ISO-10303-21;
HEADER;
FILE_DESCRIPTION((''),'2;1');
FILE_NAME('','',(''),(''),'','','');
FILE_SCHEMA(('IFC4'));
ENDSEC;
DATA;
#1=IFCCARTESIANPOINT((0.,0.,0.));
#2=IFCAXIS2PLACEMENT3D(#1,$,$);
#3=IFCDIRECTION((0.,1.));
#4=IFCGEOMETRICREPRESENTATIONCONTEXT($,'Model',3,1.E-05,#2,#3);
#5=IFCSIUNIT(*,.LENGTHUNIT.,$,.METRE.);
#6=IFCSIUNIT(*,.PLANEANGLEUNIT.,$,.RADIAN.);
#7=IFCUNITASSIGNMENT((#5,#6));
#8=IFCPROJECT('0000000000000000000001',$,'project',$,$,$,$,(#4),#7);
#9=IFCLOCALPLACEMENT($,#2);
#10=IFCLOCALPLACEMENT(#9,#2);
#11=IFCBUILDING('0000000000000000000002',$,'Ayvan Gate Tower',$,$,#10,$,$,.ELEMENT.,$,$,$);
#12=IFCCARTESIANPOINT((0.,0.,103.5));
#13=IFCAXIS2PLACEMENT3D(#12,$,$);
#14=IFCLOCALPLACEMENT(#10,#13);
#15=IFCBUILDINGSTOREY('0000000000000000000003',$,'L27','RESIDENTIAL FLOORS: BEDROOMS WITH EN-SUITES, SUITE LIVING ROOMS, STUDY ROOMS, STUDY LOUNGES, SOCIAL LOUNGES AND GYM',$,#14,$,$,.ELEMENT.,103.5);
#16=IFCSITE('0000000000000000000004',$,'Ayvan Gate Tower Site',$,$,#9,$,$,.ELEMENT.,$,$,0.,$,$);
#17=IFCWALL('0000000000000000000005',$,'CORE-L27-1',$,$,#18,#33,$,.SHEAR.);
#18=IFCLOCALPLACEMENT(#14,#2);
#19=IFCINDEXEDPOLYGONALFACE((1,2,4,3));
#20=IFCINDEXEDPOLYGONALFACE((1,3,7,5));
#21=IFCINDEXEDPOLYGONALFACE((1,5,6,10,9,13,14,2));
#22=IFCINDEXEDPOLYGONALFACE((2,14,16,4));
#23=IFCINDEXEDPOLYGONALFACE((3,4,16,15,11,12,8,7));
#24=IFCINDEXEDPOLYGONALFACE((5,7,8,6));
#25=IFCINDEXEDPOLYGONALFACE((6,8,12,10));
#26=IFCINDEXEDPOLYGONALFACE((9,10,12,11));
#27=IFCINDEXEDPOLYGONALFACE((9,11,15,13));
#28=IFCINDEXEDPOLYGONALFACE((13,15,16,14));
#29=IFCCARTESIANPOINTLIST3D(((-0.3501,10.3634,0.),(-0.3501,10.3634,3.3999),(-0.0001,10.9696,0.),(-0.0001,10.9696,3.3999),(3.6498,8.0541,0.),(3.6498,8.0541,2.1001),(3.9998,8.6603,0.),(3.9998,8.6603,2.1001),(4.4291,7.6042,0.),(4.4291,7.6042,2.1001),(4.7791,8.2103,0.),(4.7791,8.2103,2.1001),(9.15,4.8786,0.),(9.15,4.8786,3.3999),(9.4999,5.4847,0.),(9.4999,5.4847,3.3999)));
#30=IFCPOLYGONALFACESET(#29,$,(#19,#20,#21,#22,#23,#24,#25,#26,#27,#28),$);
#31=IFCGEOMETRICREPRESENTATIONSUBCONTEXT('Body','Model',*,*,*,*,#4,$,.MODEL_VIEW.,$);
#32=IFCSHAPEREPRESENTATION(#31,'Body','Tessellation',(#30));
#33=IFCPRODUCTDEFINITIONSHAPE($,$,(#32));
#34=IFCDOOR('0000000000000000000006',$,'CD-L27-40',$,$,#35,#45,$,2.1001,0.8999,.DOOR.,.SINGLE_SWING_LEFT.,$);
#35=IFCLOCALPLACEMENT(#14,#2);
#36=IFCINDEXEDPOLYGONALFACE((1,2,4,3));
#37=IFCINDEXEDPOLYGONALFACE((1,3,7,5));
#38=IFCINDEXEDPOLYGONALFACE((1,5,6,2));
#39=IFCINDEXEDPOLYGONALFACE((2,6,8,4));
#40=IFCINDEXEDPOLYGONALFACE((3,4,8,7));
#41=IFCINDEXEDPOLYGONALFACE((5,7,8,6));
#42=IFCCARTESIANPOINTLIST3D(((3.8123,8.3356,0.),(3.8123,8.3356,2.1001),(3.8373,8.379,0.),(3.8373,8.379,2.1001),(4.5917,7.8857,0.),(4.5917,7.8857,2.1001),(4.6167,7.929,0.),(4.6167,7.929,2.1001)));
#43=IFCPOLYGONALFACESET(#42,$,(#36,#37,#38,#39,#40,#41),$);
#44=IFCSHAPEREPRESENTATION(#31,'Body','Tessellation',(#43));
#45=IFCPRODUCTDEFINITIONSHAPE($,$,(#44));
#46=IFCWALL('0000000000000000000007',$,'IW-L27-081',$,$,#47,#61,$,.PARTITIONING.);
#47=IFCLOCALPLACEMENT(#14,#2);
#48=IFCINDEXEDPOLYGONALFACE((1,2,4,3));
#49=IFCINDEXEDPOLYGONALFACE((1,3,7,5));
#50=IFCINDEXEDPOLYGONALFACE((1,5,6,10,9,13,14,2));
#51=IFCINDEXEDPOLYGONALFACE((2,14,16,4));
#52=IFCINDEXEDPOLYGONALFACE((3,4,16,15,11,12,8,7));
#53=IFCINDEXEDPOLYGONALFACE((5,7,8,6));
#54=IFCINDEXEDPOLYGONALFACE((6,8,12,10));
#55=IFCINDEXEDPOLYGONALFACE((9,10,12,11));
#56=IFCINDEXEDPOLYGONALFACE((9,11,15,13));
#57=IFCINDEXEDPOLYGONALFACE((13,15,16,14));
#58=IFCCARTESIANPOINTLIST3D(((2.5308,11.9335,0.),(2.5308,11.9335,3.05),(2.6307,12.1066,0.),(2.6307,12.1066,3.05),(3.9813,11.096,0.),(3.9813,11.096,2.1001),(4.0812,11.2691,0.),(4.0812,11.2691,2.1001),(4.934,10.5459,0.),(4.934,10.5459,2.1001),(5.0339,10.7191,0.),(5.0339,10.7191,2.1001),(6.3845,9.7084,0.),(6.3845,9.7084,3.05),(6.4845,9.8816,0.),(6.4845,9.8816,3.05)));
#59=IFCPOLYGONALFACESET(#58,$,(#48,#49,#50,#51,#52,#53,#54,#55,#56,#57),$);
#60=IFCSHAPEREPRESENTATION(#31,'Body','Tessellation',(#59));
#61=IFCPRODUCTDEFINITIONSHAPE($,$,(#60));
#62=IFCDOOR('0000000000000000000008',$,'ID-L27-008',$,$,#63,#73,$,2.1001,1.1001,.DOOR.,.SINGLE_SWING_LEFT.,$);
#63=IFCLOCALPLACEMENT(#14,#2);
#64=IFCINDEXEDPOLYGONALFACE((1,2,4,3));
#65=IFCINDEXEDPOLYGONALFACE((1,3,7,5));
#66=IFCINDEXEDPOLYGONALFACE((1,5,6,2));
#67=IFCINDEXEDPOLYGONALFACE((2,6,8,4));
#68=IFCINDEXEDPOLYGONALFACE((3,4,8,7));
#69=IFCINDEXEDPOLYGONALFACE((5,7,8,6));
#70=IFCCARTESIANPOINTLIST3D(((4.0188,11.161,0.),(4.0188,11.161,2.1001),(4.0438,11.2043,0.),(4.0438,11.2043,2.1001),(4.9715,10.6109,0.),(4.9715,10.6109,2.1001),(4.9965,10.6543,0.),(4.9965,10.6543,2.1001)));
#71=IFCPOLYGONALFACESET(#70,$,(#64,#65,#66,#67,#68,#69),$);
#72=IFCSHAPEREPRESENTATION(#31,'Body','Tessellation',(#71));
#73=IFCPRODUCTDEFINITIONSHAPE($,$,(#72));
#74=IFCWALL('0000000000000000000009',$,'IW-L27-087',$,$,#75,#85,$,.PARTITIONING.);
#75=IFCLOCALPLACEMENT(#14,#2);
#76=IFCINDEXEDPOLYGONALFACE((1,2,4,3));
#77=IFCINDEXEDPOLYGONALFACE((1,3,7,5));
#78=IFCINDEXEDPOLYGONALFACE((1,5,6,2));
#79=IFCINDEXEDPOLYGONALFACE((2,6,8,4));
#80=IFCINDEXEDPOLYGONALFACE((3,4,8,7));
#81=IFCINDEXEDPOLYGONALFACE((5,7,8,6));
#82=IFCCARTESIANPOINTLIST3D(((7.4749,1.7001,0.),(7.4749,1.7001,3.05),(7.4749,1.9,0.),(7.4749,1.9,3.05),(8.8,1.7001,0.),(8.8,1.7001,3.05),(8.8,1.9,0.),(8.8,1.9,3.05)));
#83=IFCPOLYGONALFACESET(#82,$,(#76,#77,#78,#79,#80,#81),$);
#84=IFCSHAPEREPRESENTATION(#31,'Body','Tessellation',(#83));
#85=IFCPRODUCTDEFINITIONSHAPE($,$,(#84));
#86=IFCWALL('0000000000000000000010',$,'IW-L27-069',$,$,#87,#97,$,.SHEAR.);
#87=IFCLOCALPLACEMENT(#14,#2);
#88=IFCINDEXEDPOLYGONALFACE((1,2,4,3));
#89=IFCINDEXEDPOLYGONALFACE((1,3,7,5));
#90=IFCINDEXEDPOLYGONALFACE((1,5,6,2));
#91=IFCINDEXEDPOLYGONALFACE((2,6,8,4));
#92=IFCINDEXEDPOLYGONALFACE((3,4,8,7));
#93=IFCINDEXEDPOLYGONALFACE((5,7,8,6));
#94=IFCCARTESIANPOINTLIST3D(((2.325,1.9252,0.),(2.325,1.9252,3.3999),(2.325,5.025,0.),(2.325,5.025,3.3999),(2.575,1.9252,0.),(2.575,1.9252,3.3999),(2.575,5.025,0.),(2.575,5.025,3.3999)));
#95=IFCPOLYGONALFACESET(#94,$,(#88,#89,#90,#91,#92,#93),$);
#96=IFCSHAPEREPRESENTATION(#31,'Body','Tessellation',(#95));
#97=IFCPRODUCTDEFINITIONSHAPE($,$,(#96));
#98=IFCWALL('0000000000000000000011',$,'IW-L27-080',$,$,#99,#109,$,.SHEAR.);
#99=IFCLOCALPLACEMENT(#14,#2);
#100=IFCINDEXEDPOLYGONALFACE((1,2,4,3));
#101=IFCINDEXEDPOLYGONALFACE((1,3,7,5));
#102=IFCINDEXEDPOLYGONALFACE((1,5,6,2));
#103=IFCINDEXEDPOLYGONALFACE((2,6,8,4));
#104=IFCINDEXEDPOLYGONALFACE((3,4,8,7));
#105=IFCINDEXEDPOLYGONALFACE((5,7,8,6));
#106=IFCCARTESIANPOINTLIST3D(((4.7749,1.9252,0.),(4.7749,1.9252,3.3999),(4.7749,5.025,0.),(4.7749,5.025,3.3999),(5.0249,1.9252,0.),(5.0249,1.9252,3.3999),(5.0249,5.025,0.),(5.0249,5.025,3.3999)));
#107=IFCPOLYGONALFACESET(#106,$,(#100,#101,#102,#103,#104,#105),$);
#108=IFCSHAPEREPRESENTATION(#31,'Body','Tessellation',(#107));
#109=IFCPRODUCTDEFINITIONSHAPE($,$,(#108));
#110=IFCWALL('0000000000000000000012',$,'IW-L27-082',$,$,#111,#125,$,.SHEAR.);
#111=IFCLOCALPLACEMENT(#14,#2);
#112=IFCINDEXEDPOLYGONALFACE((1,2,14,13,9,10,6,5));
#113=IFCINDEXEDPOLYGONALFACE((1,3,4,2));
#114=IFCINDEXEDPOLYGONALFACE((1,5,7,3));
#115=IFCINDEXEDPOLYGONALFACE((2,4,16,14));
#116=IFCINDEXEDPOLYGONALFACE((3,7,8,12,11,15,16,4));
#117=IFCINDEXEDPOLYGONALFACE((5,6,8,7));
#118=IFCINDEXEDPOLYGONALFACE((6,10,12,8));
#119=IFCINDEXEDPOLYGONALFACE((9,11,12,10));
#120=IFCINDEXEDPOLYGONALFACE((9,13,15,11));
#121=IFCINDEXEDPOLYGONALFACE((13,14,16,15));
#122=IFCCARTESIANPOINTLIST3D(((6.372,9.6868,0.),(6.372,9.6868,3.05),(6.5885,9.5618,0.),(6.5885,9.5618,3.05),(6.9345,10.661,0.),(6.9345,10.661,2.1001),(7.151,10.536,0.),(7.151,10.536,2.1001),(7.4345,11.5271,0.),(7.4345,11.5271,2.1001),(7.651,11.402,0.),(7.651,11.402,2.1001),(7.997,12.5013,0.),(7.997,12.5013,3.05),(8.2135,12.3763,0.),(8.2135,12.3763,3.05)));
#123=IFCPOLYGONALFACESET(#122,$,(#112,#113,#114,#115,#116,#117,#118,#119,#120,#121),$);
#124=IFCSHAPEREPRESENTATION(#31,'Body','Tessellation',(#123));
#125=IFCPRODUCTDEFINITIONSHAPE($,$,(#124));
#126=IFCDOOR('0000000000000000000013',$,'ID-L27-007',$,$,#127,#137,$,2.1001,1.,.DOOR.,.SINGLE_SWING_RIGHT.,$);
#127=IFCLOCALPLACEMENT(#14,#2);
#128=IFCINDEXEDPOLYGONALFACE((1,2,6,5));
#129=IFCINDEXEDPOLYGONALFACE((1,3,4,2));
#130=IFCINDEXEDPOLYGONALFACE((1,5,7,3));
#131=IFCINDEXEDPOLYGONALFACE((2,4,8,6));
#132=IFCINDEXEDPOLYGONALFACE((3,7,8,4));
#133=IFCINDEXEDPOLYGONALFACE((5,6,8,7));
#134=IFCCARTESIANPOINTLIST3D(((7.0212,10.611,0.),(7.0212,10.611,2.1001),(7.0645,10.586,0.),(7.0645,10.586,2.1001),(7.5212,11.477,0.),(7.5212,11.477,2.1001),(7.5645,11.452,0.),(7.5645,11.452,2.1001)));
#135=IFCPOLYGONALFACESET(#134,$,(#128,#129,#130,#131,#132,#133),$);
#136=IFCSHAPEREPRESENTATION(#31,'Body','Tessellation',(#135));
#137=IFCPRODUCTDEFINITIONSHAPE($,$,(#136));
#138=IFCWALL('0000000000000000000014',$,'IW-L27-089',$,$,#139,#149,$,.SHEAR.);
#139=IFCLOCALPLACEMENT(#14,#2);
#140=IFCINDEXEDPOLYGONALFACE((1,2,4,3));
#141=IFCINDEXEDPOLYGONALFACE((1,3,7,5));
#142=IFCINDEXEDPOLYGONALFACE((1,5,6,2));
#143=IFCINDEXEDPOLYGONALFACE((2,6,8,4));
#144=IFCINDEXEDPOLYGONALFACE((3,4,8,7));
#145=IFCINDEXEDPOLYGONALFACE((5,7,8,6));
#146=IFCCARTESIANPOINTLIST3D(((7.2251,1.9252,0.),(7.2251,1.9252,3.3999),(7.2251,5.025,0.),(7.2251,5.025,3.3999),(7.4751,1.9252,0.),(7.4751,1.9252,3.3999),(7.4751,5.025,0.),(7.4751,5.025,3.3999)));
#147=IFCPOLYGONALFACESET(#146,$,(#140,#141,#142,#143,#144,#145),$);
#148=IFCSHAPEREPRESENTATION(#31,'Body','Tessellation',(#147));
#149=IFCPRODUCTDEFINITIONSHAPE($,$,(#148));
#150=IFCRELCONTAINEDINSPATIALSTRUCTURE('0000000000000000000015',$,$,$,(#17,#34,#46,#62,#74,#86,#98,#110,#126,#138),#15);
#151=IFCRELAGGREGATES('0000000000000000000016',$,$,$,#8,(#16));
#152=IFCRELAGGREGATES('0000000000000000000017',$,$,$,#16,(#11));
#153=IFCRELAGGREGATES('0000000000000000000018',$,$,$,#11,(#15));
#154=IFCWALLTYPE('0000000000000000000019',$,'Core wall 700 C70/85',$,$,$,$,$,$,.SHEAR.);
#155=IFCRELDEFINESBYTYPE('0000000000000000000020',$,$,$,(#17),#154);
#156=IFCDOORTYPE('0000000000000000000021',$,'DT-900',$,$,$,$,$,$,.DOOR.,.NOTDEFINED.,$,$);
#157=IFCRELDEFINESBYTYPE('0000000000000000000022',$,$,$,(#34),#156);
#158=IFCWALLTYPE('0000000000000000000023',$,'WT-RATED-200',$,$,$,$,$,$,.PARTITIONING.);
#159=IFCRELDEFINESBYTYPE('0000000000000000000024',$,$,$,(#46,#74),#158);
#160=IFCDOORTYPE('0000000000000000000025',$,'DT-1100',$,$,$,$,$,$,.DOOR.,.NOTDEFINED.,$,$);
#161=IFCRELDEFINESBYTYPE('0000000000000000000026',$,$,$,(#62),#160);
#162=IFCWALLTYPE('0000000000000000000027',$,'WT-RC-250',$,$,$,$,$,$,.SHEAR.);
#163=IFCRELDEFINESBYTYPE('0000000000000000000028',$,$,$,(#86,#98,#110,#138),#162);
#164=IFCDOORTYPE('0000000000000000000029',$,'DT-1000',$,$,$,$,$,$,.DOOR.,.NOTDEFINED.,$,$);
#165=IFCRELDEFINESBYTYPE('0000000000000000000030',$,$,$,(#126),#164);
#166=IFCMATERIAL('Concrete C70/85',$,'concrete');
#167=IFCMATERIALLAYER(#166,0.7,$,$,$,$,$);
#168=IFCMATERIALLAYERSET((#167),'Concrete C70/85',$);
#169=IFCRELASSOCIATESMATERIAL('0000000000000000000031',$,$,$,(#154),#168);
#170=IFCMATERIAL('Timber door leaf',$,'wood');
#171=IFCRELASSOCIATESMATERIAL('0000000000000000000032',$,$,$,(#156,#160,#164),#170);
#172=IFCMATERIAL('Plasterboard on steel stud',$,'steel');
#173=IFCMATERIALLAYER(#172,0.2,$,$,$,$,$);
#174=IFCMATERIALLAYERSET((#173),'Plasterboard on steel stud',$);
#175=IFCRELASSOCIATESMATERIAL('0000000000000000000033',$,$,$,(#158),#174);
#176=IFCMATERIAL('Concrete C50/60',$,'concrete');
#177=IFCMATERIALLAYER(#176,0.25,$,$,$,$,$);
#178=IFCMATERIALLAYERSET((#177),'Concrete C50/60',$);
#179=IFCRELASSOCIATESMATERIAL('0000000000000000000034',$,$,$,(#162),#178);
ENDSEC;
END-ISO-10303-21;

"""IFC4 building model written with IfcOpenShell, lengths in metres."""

from ifc_helpers import new_model, si_unit, direction, frame, frame_2d, origin, place, context, subcontext, project, spatial, rectangle, extrude, material, layer, layer_set, type_object, element, fill, save


model = new_model("IFC4")

# Units and contexts
model_context = context("Model", 3, precision=1e-05, world=origin(), true_north=direction((0.0, 1.0)))
body_context = subcontext(model_context, "Body", "Model", "MODEL_VIEW")
ifc_project = project(units=[si_unit("LENGTHUNIT", "METRE"), si_unit("PLANEANGLEUNIT", "RADIAN")], contexts=[model_context])

# Site, building, storey
site_placement = place(None, origin())
site = spatial("IfcSite", under=ifc_project, at=site_placement, Name="Ayvan Gate Tower Site", CompositionType="ELEMENT", RefElevation=0.0)
building_placement = place(site_placement, origin())
building = spatial("IfcBuilding", under=site, at=building_placement, Name="Ayvan Gate Tower", CompositionType="ELEMENT")
storey_placement = place(building_placement, frame((0.0, 0.0, 103.5)))
storey = spatial("IfcBuildingStorey", under=building, at=storey_placement, Name="L27", Description="RESIDENTIAL FLOORS: BEDROOMS WITH EN-SUITES, SUITE LIVING ROOMS, STUDY ROOMS, STUDY LOUNGES, SOCIAL LOUNGES AND GYM", CompositionType="ELEMENT", Elevation=103.5)

# Walls, openings, doors
ifc_material_1 = material(Name="Concrete C70/85", Category="concrete")
ifc_layer_1 = layer(ifc_material_1, 0.7)
ifc_layer_set_1 = layer_set([ifc_layer_1], Name="Concrete C70/85")
wall_type_1 = type_object("IfcWallType", Name="Core wall 700 C70/85", PredefinedType="SHEAR", material=ifc_layer_set_1)
wall_1_placement = place(storey_placement, frame((9.325, 5.1816, 0.0), z_axis=(0.0, 0.0, 1.0), x_axis=(-0.866024, 0.500002, 0.0)))
wall_1 = element("IfcWall", 1, at=wall_1_placement, inside=storey, type_object=wall_type_1, Name="CORE-L27-1", PredefinedType="SHEAR", context=body_context, shape_type="SweptSolid", body=[
    extrude(rectangle(XDim=10.9697, YDim=0.7, at=frame_2d((5.4849, 0.0))), origin(), (0.0, 0.0, 1.0), 3.3999),
])
opening_1_placement = place(wall_1_placement, frame((5.4512, 0.0, 0.0)))
opening_1 = element("IfcOpeningElement", 2, at=opening_1_placement, cuts=wall_1, PredefinedType="OPENING", context=body_context, shape_type="SweptSolid", body=[
    extrude(rectangle(XDim=0.8999, YDim=2.1001, at=frame_2d((0.45, 1.05))), frame((0.0, 0.3599, 0.0), z_axis=(0.0, -1.0, 0.0), x_axis=(1.0, 0.0, 0.0)), (0.0, 0.0, 1.0), 0.72),
])
ifc_material_2 = material(Name="Timber door leaf", Category="wood")
door_type_1 = type_object("IfcDoorType", Name="DT-900", OperationType="NOTDEFINED", PredefinedType="DOOR", material=ifc_material_2)
door_1_placement = place(opening_1_placement, origin())
door_1 = element("IfcDoor", 3, at=door_1_placement, inside=storey, type_object=door_type_1, Name="CD-L27-40", OperationType="SINGLE_SWING_LEFT", OverallHeight=2.1001, OverallWidth=0.8999, PredefinedType="DOOR", context=body_context, shape_type="SweptSolid", body=[
    extrude(rectangle(XDim=0.8999, YDim=2.1001, at=frame_2d((0.45, 1.05))), frame((0.0, 0.0249, 0.0), z_axis=(0.0, -1.0, 0.0), x_axis=(1.0, 0.0, 0.0)), (0.0, 0.0, 1.0), 0.05),
])
fill(opening_1, door_1)
ifc_material_3 = material(Name="Plasterboard on steel stud", Category="steel")
ifc_layer_2 = layer(ifc_material_3, 0.2)
ifc_layer_set_2 = layer_set([ifc_layer_2], Name="Plasterboard on steel stud")
wall_type_2 = type_object("IfcWallType", Name="WT-RATED-200", PredefinedType="PARTITIONING", material=ifc_layer_set_2)
wall_2_placement = place(storey_placement, frame((6.4346, 9.7949, 0.0), z_axis=(0.0, 0.0, 1.0), x_axis=(-0.866013, 0.500022, 0.0)))
wall_2 = element("IfcWall", 4, at=wall_2_placement, inside=storey, type_object=wall_type_2, Name="IW-L27-081", PredefinedType="PARTITIONING", context=body_context, shape_type="SweptSolid", body=[
    extrude(rectangle(XDim=4.45, YDim=0.2, at=frame_2d((2.2251, 0.0))), origin(), (0.0, 0.0, 1.0), 3.05),
])
opening_2_placement = place(wall_2_placement, frame((1.675, 0.0, 0.0)))
opening_2 = element("IfcOpeningElement", 5, at=opening_2_placement, cuts=wall_2, PredefinedType="OPENING", context=body_context, shape_type="SweptSolid", body=[
    extrude(rectangle(XDim=1.1001, YDim=2.1001, at=frame_2d((0.55, 1.05))), frame((0.0, 0.1099, 0.0), z_axis=(0.0, -1.0, 0.0), x_axis=(1.0, 0.0, 0.0)), (0.0, 0.0, 1.0), 0.22),
])
door_type_2 = type_object("IfcDoorType", Name="DT-1100", OperationType="NOTDEFINED", PredefinedType="DOOR", material=ifc_material_2)
door_2_placement = place(opening_2_placement, origin())
door_2 = element("IfcDoor", 6, at=door_2_placement, inside=storey, type_object=door_type_2, Name="ID-L27-008", OperationType="SINGLE_SWING_LEFT", OverallHeight=2.1001, OverallWidth=1.1001, PredefinedType="DOOR", context=body_context, shape_type="SweptSolid", body=[
    extrude(rectangle(XDim=1.1001, YDim=2.1001, at=frame_2d((0.55, 1.05))), frame((0.0, 0.0249, 0.0), z_axis=(0.0, -1.0, 0.0), x_axis=(1.0, 0.0, 0.0)), (0.0, 0.0, 1.0), 0.05),
])
fill(opening_2, door_2)

# Walls
wall_3_placement = place(storey_placement, frame((7.4749, 1.8, 0.0), z_axis=(0.0, 0.0, 1.0), x_axis=(1.0, 0.0, 0.0)))
element("IfcWall", 7, at=wall_3_placement, inside=storey, type_object=wall_type_2, Name="IW-L27-087", PredefinedType="PARTITIONING", context=body_context, shape_type="SweptSolid", body=[
    extrude(rectangle(XDim=1.3252, YDim=0.2, at=frame_2d((0.6626, 0.0))), origin(), (0.0, 0.0, 1.0), 3.05),
])
ifc_material_4 = material(Name="Concrete C50/60", Category="concrete")
ifc_layer_3 = layer(ifc_material_4, 0.25)
ifc_layer_set_3 = layer_set([ifc_layer_3], Name="Concrete C50/60")
wall_type_3 = type_object("IfcWallType", Name="WT-RC-250", PredefinedType="SHEAR", material=ifc_layer_set_3)
for number, where, z_axis, x_axis, name in (
    (8, (2.45, 5.0249, 0.0), (0.0, 0.0, 1.0), (0.0, -1.0, 0.0), "IW-L27-069"),
    (9, (4.8999, 5.0249, 0.0), (0.0, 0.0, 1.0), (0.0, -1.0, 0.0), "IW-L27-080"),
):
    element("IfcWall", number, at=place(storey_placement, frame(where, z_axis=z_axis, x_axis=x_axis)), inside=storey, type_object=wall_type_3, Name=name, PredefinedType="SHEAR", context=body_context, shape_type="SweptSolid", body=[
        extrude(rectangle(XDim=3.0999, YDim=0.25, at=frame_2d((1.5498, 0.0))), origin(), (0.0, 0.0, 1.0), 3.3999),
    ])

# Wall, opening, door
wall_4_placement = place(storey_placement, frame((6.4802, 9.6243, 0.0), z_axis=(0.0, 0.0, 1.0), x_axis=(0.500017, 0.866015, 0.0)))
wall_4 = element("IfcWall", 10, at=wall_4_placement, inside=storey, type_object=wall_type_3, Name="IW-L27-082", PredefinedType="SHEAR", context=body_context, shape_type="SweptSolid", body=[
    extrude(rectangle(XDim=3.25, YDim=0.25, at=frame_2d((1.625, 0.0))), origin(), (0.0, 0.0, 1.0), 3.05),
])
opening_3_placement = place(wall_4_placement, frame((1.125, 0.0, 0.0)))
opening_3 = element("IfcOpeningElement", 11, at=opening_3_placement, cuts=wall_4, PredefinedType="OPENING", context=body_context, shape_type="SweptSolid", body=[
    extrude(rectangle(XDim=1.0, YDim=2.1001, at=frame_2d((0.5, 1.05))), frame((0.0, 0.135, 0.0), z_axis=(0.0, -1.0, 0.0), x_axis=(1.0, 0.0, 0.0)), (0.0, 0.0, 1.0), 0.27),
])
door_type_3 = type_object("IfcDoorType", Name="DT-1000", OperationType="NOTDEFINED", PredefinedType="DOOR", material=ifc_material_2)
door_3_placement = place(opening_3_placement, origin())
door_3 = element("IfcDoor", 12, at=door_3_placement, inside=storey, type_object=door_type_3, Name="ID-L27-007", OperationType="SINGLE_SWING_RIGHT", OverallHeight=2.1001, OverallWidth=1.0, PredefinedType="DOOR", context=body_context, shape_type="SweptSolid", body=[
    extrude(rectangle(XDim=1.0, YDim=2.1001, at=frame_2d((0.5, 1.05))), frame((0.0, 0.0249, 0.0), z_axis=(0.0, -1.0, 0.0), x_axis=(1.0, 0.0, 0.0)), (0.0, 0.0, 1.0), 0.05),
])
fill(opening_3, door_3)

# Wall
wall_5_placement = place(storey_placement, frame((7.3501, 5.0249, 0.0), z_axis=(0.0, 0.0, 1.0), x_axis=(0.0, -1.0, 0.0)))
element("IfcWall", 13, at=wall_5_placement, inside=storey, type_object=wall_type_3, Name="IW-L27-089", PredefinedType="SHEAR", context=body_context, shape_type="SweptSolid", body=[
    extrude(rectangle(XDim=3.0999, YDim=0.25, at=frame_2d((1.5498, 0.0))), origin(), (0.0, 0.0, 1.0), 3.3999),
])

save(model, "model.ifc")
